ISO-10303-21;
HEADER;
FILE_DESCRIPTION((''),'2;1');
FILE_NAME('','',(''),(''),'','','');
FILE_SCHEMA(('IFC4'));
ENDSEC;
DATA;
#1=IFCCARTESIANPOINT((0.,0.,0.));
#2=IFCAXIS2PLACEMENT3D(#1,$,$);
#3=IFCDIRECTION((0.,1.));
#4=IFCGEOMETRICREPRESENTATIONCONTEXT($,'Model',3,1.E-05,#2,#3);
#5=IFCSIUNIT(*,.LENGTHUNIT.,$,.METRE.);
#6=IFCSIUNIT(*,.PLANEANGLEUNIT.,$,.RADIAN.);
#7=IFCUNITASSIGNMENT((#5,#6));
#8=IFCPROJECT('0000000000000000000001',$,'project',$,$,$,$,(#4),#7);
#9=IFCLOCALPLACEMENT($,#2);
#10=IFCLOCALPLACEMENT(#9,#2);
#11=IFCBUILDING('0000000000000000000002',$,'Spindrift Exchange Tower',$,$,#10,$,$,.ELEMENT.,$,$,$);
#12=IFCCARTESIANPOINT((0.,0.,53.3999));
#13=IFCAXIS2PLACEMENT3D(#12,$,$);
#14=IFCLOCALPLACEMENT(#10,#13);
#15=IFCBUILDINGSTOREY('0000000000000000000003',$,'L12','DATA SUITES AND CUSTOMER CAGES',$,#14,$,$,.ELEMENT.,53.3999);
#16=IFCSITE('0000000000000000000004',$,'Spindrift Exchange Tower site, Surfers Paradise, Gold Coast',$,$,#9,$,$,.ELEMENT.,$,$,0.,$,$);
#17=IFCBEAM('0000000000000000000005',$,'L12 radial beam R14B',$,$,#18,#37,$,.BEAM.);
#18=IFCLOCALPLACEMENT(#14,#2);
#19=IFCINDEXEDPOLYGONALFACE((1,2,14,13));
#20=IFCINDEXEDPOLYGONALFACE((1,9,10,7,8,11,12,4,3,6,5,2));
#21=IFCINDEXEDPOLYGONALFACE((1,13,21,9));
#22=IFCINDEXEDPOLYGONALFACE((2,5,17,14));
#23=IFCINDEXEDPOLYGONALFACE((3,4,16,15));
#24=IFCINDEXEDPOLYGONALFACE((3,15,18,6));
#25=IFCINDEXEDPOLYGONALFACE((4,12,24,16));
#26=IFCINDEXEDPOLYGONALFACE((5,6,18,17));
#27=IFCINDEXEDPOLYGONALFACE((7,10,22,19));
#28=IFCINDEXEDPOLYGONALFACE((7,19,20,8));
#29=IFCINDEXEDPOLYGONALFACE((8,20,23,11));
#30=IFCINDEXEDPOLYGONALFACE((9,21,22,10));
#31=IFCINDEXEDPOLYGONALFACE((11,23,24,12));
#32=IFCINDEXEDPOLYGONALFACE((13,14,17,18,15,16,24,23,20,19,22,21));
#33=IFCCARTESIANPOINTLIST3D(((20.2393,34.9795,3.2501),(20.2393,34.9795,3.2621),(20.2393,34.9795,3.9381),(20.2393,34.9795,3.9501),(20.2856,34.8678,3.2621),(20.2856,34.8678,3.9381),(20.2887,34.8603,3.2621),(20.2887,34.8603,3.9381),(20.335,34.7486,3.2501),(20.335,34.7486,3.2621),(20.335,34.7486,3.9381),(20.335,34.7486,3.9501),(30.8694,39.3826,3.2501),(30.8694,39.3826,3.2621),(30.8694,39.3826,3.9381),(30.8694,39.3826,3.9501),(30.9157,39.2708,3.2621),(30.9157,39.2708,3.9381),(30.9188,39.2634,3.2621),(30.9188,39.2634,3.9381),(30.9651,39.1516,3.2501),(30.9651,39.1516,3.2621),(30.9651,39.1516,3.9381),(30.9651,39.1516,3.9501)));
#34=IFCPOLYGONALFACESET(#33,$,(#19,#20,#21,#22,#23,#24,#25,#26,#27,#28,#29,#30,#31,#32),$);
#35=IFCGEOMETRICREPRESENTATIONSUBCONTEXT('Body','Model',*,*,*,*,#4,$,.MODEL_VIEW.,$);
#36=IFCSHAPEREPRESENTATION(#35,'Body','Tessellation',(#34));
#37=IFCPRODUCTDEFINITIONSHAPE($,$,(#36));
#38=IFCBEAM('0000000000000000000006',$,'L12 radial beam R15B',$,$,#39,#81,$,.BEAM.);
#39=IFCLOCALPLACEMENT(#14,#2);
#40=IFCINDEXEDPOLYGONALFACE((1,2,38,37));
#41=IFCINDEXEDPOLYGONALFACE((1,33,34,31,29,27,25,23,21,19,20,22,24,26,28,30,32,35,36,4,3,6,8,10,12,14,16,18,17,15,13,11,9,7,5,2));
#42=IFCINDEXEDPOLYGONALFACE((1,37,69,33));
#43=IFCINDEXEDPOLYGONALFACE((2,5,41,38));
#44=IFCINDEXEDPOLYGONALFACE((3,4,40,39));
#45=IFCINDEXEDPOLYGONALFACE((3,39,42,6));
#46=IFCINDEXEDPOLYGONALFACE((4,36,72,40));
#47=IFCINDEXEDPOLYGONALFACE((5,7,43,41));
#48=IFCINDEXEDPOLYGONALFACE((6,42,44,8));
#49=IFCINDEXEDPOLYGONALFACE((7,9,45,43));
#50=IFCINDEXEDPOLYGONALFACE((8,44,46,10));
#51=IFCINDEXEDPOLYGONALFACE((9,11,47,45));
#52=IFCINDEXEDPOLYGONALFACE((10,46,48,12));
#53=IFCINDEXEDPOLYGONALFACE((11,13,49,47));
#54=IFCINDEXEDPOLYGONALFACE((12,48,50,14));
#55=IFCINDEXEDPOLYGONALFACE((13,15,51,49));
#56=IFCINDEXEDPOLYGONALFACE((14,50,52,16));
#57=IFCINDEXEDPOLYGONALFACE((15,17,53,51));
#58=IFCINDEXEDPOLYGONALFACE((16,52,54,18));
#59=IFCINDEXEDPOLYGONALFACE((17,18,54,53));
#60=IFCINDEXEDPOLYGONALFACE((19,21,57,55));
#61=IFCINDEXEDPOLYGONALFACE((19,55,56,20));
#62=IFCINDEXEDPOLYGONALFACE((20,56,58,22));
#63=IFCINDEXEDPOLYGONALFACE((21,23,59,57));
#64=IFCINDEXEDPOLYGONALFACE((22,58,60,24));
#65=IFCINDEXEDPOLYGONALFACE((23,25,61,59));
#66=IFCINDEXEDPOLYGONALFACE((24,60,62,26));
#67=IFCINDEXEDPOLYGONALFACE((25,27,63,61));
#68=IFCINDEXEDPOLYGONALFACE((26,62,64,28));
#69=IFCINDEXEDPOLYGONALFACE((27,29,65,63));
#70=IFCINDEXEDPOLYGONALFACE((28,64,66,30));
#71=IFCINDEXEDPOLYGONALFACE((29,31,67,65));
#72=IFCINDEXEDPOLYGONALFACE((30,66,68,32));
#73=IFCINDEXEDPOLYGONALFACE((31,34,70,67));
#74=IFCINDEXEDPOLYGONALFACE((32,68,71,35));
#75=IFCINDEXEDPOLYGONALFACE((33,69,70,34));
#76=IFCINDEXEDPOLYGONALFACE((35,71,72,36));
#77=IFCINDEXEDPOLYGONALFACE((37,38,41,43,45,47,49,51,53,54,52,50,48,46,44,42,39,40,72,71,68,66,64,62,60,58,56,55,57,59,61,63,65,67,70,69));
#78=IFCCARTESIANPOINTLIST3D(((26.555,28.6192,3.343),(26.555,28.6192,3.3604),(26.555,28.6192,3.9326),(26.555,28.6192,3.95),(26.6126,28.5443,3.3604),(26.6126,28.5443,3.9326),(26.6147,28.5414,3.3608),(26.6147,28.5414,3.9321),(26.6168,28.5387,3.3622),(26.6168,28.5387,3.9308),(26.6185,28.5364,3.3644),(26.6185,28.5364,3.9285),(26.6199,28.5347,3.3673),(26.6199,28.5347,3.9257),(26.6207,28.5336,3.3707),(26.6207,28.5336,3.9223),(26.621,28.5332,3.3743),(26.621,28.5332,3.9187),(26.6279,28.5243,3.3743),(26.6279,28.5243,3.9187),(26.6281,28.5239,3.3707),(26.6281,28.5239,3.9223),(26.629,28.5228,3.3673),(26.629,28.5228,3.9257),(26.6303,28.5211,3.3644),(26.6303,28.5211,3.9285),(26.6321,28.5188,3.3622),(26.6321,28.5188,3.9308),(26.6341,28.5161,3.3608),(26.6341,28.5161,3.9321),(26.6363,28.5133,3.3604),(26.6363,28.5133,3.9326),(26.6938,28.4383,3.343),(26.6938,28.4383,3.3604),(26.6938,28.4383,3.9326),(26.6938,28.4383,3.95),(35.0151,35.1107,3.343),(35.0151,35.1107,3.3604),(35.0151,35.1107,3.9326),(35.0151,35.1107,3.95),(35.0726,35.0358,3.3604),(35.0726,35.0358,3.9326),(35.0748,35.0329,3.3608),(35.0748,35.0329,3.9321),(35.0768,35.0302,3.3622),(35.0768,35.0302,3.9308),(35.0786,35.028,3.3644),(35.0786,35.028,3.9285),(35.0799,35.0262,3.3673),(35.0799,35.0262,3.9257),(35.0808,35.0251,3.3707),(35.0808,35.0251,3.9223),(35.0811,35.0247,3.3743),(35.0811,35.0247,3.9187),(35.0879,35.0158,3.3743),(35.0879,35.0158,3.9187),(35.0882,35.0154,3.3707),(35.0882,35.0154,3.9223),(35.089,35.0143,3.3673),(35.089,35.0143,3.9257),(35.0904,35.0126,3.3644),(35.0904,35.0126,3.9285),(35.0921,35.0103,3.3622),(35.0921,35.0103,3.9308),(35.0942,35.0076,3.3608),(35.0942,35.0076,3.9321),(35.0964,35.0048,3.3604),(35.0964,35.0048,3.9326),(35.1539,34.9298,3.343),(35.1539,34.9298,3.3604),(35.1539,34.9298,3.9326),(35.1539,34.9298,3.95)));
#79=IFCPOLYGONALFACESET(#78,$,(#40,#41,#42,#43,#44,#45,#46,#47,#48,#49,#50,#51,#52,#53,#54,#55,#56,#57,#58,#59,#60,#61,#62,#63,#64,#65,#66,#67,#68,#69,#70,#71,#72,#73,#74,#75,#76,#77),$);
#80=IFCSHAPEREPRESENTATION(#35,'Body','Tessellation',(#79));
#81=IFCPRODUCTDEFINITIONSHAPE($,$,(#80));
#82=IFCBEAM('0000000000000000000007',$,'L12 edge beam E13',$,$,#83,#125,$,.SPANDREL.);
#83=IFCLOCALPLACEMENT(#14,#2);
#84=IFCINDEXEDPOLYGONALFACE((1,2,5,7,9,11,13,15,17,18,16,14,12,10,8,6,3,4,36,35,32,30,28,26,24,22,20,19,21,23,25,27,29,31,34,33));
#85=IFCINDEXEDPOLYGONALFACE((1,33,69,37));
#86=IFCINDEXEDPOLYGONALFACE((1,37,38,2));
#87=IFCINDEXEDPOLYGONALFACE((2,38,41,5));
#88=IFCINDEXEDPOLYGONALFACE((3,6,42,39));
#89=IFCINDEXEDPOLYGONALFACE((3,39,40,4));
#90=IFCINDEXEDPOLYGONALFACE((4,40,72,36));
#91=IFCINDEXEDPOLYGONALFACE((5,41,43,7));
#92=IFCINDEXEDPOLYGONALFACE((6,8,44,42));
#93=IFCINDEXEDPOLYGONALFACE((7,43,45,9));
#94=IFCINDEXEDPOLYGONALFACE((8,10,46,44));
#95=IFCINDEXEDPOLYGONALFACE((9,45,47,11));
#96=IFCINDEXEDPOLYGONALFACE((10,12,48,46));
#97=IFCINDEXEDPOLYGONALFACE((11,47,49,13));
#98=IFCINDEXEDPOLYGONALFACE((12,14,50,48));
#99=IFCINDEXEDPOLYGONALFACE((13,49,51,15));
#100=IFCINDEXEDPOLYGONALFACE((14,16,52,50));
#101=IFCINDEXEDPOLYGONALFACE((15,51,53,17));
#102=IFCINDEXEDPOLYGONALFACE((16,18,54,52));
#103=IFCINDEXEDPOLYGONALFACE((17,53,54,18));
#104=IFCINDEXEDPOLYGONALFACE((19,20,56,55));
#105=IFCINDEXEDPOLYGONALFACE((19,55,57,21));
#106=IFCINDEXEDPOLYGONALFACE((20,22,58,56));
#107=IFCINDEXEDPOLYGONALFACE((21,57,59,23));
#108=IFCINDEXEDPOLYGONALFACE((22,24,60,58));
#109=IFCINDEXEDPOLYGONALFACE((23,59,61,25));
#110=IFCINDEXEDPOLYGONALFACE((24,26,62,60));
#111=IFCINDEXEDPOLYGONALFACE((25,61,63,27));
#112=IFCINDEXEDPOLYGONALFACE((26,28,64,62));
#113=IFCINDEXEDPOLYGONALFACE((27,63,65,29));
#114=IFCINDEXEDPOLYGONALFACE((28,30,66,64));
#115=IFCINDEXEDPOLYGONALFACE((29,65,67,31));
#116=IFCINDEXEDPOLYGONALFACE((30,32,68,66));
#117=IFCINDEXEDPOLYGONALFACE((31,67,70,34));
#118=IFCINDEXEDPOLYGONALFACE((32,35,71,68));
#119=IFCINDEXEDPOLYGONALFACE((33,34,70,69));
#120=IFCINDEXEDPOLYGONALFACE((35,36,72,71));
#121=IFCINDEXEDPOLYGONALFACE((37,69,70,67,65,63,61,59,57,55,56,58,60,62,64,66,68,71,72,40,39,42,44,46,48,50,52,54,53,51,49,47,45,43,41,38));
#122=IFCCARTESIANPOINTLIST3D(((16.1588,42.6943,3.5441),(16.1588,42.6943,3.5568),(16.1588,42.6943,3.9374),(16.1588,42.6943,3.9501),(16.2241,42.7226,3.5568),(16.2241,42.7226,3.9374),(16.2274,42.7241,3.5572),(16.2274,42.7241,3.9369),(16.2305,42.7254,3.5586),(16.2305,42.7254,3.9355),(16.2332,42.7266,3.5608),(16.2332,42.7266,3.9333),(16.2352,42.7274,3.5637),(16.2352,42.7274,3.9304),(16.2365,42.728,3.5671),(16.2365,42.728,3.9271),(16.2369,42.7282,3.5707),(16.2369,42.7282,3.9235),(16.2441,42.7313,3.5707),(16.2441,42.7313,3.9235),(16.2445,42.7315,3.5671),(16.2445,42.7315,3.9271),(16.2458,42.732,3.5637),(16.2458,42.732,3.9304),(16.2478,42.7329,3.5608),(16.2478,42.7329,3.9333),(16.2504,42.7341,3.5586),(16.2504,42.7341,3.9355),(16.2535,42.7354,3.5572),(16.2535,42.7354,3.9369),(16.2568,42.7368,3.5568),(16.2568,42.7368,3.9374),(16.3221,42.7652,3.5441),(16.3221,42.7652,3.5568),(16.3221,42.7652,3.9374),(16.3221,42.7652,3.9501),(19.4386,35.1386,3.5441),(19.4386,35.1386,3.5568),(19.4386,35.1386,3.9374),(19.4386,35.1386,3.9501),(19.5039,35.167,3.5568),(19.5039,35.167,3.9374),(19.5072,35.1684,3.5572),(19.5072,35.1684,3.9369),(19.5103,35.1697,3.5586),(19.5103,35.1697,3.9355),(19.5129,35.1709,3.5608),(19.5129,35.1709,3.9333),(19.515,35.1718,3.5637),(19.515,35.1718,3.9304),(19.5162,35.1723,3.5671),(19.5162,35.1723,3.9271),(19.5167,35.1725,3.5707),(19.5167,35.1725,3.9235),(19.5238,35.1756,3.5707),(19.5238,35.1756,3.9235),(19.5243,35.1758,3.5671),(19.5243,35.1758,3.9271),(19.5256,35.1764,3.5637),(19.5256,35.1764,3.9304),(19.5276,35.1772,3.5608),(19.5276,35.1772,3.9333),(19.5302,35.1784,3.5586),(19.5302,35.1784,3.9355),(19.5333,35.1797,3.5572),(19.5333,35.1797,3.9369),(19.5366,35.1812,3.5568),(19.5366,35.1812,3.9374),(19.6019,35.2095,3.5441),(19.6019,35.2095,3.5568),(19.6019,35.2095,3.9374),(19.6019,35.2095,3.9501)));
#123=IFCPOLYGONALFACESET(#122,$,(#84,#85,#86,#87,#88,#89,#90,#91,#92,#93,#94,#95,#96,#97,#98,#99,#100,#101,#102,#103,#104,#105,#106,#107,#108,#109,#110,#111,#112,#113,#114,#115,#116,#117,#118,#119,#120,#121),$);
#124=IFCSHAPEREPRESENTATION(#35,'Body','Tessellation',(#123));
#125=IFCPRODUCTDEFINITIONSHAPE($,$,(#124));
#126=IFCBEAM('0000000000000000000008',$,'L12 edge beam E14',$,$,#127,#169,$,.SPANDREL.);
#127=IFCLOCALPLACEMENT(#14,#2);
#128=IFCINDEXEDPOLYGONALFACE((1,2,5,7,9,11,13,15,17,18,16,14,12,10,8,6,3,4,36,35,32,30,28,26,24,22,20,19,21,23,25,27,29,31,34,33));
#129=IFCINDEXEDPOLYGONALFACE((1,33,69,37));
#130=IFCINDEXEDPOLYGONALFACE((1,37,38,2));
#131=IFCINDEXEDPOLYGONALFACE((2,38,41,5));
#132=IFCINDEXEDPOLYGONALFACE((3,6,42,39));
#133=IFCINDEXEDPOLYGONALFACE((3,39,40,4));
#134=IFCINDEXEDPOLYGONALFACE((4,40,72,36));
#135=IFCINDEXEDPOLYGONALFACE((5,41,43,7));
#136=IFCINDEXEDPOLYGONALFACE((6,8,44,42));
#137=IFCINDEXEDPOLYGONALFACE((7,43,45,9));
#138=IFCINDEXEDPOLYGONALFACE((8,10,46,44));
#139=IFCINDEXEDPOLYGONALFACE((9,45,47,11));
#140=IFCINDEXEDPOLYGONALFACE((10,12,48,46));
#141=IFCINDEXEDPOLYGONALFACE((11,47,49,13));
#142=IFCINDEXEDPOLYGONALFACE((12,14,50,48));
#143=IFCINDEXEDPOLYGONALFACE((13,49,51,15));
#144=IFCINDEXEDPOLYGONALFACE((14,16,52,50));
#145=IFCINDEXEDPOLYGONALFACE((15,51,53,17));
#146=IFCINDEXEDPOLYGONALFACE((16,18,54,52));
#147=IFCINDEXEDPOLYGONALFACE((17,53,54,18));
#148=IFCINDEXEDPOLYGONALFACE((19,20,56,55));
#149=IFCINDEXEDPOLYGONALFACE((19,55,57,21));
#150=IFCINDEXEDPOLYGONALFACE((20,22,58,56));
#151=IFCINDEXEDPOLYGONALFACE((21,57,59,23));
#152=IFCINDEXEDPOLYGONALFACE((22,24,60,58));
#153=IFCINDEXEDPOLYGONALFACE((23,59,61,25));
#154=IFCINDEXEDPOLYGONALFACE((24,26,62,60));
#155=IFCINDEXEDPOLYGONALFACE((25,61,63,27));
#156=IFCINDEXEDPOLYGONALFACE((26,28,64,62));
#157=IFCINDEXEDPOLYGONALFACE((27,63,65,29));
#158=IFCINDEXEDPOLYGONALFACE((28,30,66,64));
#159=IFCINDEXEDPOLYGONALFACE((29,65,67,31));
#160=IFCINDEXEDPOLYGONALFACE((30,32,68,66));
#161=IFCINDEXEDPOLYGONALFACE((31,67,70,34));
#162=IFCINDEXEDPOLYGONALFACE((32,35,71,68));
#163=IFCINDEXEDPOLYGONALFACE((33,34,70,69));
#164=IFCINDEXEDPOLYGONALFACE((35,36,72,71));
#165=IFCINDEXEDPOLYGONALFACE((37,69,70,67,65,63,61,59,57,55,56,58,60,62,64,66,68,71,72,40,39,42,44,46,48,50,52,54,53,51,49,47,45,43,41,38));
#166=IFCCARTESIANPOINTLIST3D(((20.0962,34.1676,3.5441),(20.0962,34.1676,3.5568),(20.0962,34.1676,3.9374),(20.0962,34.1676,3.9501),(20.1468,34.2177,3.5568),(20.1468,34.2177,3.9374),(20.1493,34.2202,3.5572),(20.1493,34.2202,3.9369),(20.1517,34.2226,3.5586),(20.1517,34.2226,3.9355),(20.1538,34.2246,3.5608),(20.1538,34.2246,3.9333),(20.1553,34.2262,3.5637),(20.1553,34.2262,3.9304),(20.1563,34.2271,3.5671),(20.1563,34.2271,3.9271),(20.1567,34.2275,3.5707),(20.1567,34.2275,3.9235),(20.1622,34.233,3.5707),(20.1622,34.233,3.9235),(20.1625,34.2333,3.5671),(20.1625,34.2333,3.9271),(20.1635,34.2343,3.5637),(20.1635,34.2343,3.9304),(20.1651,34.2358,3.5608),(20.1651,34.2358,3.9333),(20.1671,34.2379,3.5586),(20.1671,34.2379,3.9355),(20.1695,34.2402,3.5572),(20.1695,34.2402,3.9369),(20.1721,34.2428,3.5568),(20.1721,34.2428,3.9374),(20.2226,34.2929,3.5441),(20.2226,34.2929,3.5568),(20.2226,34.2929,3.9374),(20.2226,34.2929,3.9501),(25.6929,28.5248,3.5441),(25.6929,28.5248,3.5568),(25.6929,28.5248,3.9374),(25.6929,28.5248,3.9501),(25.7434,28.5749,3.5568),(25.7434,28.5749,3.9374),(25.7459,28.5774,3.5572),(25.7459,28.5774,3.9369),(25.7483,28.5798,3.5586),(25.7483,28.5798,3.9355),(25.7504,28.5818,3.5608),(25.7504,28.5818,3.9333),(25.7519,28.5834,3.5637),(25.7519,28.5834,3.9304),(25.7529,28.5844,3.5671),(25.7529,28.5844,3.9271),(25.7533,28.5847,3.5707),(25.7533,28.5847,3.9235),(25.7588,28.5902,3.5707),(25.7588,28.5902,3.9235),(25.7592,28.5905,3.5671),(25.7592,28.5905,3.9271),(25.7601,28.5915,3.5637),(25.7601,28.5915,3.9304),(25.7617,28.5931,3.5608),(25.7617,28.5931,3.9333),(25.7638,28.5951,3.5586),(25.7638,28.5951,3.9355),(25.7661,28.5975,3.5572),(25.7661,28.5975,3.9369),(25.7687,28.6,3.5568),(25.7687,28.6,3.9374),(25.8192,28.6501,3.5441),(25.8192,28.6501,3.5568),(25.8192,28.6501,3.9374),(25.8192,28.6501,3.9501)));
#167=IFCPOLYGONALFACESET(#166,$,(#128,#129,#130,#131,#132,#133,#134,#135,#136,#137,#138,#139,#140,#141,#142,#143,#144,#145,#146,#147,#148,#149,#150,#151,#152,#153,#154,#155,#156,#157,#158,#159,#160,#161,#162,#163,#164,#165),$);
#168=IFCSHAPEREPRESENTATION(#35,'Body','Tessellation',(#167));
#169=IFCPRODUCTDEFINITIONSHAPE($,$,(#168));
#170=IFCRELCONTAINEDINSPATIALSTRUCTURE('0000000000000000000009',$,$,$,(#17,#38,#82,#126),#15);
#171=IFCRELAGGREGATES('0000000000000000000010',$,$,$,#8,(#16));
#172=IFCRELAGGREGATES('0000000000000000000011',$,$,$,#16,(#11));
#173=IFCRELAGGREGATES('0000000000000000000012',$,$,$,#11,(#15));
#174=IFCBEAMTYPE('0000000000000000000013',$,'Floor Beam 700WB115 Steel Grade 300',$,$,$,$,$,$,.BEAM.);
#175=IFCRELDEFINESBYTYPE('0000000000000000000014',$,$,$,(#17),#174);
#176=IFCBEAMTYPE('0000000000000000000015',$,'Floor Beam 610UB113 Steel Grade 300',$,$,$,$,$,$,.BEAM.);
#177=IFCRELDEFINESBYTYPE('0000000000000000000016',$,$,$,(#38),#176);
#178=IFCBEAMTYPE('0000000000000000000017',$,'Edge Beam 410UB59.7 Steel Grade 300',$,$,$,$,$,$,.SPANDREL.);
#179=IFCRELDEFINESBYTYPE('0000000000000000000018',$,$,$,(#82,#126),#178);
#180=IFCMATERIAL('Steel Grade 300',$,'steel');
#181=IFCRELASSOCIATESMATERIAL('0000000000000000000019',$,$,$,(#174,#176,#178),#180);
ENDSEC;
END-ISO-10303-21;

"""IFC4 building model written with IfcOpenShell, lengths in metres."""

from ifc_helpers import new_model, si_unit, direction, frame, origin, origin_2d, place, context, subcontext, project, spatial, i_section, extrude, source, transform, mapped, material, material_profile, profile_set, type_object, element, save


model = new_model("IFC4")

# Units and contexts
model_context = context("Model", 3, precision=1e-05, world=origin(), true_north=direction((0.0, 1.0)))
body_context = subcontext(model_context, "Body", "Model", "MODEL_VIEW")
ifc_project = project(units=[si_unit("LENGTHUNIT", "METRE"), si_unit("PLANEANGLEUNIT", "RADIAN")], contexts=[model_context])

# Site, building, storey
site_placement = place(None, origin())
site = spatial("IfcSite", under=ifc_project, at=site_placement, Name="Spindrift Exchange Tower site, Surfers Paradise, Gold Coast", CompositionType="ELEMENT", RefElevation=0.0)
building_placement = place(site_placement, origin())
building = spatial("IfcBuilding", under=site, at=building_placement, Name="Spindrift Exchange Tower", CompositionType="ELEMENT")
storey_placement = place(building_placement, frame((0.0, 0.0, 53.3999)))
storey = spatial("IfcBuildingStorey", under=building, at=storey_placement, Name="L12", Description="DATA SUITES AND CUSTOMER CAGES", CompositionType="ELEMENT", Elevation=53.3999)

# Beams
ifc_material_1 = material(Name="Steel Grade 300", Category="steel")
ifc_material_profile_1 = material_profile(ifc_material_1, i_section(OverallWidth=0.25, OverallDepth=0.7, WebThickness=0.0081, FlangeThickness=0.012, at=origin_2d()), Name="700WB115")
ifc_profile_set_1 = profile_set([ifc_material_profile_1], Name="Steel Grade 300")
beam_type_1 = type_object("IfcBeamType", Name="Floor Beam 700WB115 Steel Grade 300", PredefinedType="BEAM", material=ifc_profile_set_1)
shared_shape_1 = source(origin(), body_context, "Body", "SweptSolid", [
    extrude(i_section(OverallWidth=0.25, OverallDepth=0.7, WebThickness=0.0081, FlangeThickness=0.012, at=origin_2d()), origin(), (0.0, 0.0, 1.0), 11.5059),
])
beam_1_placement = place(storey_placement, frame((30.9172, 39.2671, 3.6001), z_axis=(-0.923882, -0.382678, 0.0), x_axis=(0.382678, -0.923882, 0.0)))
element("IfcBeam", 1, at=beam_1_placement, inside=storey, type_object=beam_type_1, Name="L12 radial beam R14B", PredefinedType="BEAM", context=body_context, shape_type="MappedRepresentation", body=[
    mapped(shared_shape_1, transform((0.0, 0.0, 0.0), scale=1.0)),
])
ifc_material_profile_2 = material_profile(ifc_material_1, i_section(OverallWidth=0.228, OverallDepth=0.6069, WebThickness=0.0112, FlangeThickness=0.0173, FilletRadius=0.0139, at=origin_2d()), Name="610UB113")
ifc_profile_set_2 = profile_set([ifc_material_profile_2], Name="Steel Grade 300")
beam_type_2 = type_object("IfcBeamType", Name="Floor Beam 610UB113 Steel Grade 300", PredefinedType="BEAM", material=ifc_profile_set_2)
shared_shape_2 = source(origin(), body_context, "Body", "SweptSolid", [
    extrude(i_section(OverallWidth=0.228, OverallDepth=0.6069, WebThickness=0.0112, FlangeThickness=0.0173, FilletRadius=0.0139, at=origin_2d()), origin(), (0.0, 0.0, 1.0), 10.6636),
])
beam_2_placement = place(storey_placement, frame((35.0845, 35.0203, 3.6465), z_axis=(-0.793358, -0.608755, 0.0), x_axis=(0.608755, -0.793358, 0.0)))
element("IfcBeam", 2, at=beam_2_placement, inside=storey, type_object=beam_type_2, Name="L12 radial beam R15B", PredefinedType="BEAM", context=body_context, shape_type="MappedRepresentation", body=[
    mapped(shared_shape_2, transform((0.0, 0.0, 0.0), scale=1.0)),
])
ifc_material_profile_3 = material_profile(ifc_material_1, i_section(OverallWidth=0.178, OverallDepth=0.406, WebThickness=0.0078, FlangeThickness=0.0127, FilletRadius=0.0139, at=origin_2d()), Name="410UB59.7")
ifc_profile_set_3 = profile_set([ifc_material_profile_3], Name="Steel Grade 300")
beam_type_3 = type_object("IfcBeamType", Name="Edge Beam 410UB59.7 Steel Grade 300", PredefinedType="SPANDREL", material=ifc_profile_set_3)
shared_shape_3 = source(origin(), body_context, "Body", "SweptSolid", [
    extrude(i_section(OverallWidth=0.178, OverallDepth=0.406, WebThickness=0.0078, FlangeThickness=0.0127, FilletRadius=0.0139, at=origin_2d()), origin(), (0.0, 0.0, 1.0), 8.2368),
])
beam_3_placement = place(storey_placement, frame((16.2405, 42.7297, 3.7471), z_axis=(0.398186, -0.917305, 0.0), x_axis=(0.917305, 0.398186, 0.0)))
element("IfcBeam", 3, at=beam_3_placement, inside=storey, type_object=beam_type_3, Name="L12 edge beam E13", PredefinedType="SPANDREL", context=body_context, shape_type="MappedRepresentation", body=[
    mapped(shared_shape_3, transform((0.0, 0.0, 0.0), scale=1.0)),
])
shared_shape_4 = source(origin(), body_context, "Body", "SweptSolid", [
    extrude(i_section(OverallWidth=0.178, OverallDepth=0.406, WebThickness=0.0078, FlangeThickness=0.0127, FilletRadius=0.0139, at=origin_2d()), origin(), (0.0, 0.0, 1.0), 7.9475),
])
beam_4_placement = place(storey_placement, frame((20.1594, 34.2302, 3.7471), z_axis=(0.704198, -0.710004, 0.0), x_axis=(0.710004, 0.704198, 0.0)))
element("IfcBeam", 4, at=beam_4_placement, inside=storey, type_object=beam_type_3, Name="L12 edge beam E14", PredefinedType="SPANDREL", context=body_context, shape_type="MappedRepresentation", body=[
    mapped(shared_shape_4, transform((0.0, 0.0, 0.0), scale=1.0)),
])

save(model, "model.ifc")
